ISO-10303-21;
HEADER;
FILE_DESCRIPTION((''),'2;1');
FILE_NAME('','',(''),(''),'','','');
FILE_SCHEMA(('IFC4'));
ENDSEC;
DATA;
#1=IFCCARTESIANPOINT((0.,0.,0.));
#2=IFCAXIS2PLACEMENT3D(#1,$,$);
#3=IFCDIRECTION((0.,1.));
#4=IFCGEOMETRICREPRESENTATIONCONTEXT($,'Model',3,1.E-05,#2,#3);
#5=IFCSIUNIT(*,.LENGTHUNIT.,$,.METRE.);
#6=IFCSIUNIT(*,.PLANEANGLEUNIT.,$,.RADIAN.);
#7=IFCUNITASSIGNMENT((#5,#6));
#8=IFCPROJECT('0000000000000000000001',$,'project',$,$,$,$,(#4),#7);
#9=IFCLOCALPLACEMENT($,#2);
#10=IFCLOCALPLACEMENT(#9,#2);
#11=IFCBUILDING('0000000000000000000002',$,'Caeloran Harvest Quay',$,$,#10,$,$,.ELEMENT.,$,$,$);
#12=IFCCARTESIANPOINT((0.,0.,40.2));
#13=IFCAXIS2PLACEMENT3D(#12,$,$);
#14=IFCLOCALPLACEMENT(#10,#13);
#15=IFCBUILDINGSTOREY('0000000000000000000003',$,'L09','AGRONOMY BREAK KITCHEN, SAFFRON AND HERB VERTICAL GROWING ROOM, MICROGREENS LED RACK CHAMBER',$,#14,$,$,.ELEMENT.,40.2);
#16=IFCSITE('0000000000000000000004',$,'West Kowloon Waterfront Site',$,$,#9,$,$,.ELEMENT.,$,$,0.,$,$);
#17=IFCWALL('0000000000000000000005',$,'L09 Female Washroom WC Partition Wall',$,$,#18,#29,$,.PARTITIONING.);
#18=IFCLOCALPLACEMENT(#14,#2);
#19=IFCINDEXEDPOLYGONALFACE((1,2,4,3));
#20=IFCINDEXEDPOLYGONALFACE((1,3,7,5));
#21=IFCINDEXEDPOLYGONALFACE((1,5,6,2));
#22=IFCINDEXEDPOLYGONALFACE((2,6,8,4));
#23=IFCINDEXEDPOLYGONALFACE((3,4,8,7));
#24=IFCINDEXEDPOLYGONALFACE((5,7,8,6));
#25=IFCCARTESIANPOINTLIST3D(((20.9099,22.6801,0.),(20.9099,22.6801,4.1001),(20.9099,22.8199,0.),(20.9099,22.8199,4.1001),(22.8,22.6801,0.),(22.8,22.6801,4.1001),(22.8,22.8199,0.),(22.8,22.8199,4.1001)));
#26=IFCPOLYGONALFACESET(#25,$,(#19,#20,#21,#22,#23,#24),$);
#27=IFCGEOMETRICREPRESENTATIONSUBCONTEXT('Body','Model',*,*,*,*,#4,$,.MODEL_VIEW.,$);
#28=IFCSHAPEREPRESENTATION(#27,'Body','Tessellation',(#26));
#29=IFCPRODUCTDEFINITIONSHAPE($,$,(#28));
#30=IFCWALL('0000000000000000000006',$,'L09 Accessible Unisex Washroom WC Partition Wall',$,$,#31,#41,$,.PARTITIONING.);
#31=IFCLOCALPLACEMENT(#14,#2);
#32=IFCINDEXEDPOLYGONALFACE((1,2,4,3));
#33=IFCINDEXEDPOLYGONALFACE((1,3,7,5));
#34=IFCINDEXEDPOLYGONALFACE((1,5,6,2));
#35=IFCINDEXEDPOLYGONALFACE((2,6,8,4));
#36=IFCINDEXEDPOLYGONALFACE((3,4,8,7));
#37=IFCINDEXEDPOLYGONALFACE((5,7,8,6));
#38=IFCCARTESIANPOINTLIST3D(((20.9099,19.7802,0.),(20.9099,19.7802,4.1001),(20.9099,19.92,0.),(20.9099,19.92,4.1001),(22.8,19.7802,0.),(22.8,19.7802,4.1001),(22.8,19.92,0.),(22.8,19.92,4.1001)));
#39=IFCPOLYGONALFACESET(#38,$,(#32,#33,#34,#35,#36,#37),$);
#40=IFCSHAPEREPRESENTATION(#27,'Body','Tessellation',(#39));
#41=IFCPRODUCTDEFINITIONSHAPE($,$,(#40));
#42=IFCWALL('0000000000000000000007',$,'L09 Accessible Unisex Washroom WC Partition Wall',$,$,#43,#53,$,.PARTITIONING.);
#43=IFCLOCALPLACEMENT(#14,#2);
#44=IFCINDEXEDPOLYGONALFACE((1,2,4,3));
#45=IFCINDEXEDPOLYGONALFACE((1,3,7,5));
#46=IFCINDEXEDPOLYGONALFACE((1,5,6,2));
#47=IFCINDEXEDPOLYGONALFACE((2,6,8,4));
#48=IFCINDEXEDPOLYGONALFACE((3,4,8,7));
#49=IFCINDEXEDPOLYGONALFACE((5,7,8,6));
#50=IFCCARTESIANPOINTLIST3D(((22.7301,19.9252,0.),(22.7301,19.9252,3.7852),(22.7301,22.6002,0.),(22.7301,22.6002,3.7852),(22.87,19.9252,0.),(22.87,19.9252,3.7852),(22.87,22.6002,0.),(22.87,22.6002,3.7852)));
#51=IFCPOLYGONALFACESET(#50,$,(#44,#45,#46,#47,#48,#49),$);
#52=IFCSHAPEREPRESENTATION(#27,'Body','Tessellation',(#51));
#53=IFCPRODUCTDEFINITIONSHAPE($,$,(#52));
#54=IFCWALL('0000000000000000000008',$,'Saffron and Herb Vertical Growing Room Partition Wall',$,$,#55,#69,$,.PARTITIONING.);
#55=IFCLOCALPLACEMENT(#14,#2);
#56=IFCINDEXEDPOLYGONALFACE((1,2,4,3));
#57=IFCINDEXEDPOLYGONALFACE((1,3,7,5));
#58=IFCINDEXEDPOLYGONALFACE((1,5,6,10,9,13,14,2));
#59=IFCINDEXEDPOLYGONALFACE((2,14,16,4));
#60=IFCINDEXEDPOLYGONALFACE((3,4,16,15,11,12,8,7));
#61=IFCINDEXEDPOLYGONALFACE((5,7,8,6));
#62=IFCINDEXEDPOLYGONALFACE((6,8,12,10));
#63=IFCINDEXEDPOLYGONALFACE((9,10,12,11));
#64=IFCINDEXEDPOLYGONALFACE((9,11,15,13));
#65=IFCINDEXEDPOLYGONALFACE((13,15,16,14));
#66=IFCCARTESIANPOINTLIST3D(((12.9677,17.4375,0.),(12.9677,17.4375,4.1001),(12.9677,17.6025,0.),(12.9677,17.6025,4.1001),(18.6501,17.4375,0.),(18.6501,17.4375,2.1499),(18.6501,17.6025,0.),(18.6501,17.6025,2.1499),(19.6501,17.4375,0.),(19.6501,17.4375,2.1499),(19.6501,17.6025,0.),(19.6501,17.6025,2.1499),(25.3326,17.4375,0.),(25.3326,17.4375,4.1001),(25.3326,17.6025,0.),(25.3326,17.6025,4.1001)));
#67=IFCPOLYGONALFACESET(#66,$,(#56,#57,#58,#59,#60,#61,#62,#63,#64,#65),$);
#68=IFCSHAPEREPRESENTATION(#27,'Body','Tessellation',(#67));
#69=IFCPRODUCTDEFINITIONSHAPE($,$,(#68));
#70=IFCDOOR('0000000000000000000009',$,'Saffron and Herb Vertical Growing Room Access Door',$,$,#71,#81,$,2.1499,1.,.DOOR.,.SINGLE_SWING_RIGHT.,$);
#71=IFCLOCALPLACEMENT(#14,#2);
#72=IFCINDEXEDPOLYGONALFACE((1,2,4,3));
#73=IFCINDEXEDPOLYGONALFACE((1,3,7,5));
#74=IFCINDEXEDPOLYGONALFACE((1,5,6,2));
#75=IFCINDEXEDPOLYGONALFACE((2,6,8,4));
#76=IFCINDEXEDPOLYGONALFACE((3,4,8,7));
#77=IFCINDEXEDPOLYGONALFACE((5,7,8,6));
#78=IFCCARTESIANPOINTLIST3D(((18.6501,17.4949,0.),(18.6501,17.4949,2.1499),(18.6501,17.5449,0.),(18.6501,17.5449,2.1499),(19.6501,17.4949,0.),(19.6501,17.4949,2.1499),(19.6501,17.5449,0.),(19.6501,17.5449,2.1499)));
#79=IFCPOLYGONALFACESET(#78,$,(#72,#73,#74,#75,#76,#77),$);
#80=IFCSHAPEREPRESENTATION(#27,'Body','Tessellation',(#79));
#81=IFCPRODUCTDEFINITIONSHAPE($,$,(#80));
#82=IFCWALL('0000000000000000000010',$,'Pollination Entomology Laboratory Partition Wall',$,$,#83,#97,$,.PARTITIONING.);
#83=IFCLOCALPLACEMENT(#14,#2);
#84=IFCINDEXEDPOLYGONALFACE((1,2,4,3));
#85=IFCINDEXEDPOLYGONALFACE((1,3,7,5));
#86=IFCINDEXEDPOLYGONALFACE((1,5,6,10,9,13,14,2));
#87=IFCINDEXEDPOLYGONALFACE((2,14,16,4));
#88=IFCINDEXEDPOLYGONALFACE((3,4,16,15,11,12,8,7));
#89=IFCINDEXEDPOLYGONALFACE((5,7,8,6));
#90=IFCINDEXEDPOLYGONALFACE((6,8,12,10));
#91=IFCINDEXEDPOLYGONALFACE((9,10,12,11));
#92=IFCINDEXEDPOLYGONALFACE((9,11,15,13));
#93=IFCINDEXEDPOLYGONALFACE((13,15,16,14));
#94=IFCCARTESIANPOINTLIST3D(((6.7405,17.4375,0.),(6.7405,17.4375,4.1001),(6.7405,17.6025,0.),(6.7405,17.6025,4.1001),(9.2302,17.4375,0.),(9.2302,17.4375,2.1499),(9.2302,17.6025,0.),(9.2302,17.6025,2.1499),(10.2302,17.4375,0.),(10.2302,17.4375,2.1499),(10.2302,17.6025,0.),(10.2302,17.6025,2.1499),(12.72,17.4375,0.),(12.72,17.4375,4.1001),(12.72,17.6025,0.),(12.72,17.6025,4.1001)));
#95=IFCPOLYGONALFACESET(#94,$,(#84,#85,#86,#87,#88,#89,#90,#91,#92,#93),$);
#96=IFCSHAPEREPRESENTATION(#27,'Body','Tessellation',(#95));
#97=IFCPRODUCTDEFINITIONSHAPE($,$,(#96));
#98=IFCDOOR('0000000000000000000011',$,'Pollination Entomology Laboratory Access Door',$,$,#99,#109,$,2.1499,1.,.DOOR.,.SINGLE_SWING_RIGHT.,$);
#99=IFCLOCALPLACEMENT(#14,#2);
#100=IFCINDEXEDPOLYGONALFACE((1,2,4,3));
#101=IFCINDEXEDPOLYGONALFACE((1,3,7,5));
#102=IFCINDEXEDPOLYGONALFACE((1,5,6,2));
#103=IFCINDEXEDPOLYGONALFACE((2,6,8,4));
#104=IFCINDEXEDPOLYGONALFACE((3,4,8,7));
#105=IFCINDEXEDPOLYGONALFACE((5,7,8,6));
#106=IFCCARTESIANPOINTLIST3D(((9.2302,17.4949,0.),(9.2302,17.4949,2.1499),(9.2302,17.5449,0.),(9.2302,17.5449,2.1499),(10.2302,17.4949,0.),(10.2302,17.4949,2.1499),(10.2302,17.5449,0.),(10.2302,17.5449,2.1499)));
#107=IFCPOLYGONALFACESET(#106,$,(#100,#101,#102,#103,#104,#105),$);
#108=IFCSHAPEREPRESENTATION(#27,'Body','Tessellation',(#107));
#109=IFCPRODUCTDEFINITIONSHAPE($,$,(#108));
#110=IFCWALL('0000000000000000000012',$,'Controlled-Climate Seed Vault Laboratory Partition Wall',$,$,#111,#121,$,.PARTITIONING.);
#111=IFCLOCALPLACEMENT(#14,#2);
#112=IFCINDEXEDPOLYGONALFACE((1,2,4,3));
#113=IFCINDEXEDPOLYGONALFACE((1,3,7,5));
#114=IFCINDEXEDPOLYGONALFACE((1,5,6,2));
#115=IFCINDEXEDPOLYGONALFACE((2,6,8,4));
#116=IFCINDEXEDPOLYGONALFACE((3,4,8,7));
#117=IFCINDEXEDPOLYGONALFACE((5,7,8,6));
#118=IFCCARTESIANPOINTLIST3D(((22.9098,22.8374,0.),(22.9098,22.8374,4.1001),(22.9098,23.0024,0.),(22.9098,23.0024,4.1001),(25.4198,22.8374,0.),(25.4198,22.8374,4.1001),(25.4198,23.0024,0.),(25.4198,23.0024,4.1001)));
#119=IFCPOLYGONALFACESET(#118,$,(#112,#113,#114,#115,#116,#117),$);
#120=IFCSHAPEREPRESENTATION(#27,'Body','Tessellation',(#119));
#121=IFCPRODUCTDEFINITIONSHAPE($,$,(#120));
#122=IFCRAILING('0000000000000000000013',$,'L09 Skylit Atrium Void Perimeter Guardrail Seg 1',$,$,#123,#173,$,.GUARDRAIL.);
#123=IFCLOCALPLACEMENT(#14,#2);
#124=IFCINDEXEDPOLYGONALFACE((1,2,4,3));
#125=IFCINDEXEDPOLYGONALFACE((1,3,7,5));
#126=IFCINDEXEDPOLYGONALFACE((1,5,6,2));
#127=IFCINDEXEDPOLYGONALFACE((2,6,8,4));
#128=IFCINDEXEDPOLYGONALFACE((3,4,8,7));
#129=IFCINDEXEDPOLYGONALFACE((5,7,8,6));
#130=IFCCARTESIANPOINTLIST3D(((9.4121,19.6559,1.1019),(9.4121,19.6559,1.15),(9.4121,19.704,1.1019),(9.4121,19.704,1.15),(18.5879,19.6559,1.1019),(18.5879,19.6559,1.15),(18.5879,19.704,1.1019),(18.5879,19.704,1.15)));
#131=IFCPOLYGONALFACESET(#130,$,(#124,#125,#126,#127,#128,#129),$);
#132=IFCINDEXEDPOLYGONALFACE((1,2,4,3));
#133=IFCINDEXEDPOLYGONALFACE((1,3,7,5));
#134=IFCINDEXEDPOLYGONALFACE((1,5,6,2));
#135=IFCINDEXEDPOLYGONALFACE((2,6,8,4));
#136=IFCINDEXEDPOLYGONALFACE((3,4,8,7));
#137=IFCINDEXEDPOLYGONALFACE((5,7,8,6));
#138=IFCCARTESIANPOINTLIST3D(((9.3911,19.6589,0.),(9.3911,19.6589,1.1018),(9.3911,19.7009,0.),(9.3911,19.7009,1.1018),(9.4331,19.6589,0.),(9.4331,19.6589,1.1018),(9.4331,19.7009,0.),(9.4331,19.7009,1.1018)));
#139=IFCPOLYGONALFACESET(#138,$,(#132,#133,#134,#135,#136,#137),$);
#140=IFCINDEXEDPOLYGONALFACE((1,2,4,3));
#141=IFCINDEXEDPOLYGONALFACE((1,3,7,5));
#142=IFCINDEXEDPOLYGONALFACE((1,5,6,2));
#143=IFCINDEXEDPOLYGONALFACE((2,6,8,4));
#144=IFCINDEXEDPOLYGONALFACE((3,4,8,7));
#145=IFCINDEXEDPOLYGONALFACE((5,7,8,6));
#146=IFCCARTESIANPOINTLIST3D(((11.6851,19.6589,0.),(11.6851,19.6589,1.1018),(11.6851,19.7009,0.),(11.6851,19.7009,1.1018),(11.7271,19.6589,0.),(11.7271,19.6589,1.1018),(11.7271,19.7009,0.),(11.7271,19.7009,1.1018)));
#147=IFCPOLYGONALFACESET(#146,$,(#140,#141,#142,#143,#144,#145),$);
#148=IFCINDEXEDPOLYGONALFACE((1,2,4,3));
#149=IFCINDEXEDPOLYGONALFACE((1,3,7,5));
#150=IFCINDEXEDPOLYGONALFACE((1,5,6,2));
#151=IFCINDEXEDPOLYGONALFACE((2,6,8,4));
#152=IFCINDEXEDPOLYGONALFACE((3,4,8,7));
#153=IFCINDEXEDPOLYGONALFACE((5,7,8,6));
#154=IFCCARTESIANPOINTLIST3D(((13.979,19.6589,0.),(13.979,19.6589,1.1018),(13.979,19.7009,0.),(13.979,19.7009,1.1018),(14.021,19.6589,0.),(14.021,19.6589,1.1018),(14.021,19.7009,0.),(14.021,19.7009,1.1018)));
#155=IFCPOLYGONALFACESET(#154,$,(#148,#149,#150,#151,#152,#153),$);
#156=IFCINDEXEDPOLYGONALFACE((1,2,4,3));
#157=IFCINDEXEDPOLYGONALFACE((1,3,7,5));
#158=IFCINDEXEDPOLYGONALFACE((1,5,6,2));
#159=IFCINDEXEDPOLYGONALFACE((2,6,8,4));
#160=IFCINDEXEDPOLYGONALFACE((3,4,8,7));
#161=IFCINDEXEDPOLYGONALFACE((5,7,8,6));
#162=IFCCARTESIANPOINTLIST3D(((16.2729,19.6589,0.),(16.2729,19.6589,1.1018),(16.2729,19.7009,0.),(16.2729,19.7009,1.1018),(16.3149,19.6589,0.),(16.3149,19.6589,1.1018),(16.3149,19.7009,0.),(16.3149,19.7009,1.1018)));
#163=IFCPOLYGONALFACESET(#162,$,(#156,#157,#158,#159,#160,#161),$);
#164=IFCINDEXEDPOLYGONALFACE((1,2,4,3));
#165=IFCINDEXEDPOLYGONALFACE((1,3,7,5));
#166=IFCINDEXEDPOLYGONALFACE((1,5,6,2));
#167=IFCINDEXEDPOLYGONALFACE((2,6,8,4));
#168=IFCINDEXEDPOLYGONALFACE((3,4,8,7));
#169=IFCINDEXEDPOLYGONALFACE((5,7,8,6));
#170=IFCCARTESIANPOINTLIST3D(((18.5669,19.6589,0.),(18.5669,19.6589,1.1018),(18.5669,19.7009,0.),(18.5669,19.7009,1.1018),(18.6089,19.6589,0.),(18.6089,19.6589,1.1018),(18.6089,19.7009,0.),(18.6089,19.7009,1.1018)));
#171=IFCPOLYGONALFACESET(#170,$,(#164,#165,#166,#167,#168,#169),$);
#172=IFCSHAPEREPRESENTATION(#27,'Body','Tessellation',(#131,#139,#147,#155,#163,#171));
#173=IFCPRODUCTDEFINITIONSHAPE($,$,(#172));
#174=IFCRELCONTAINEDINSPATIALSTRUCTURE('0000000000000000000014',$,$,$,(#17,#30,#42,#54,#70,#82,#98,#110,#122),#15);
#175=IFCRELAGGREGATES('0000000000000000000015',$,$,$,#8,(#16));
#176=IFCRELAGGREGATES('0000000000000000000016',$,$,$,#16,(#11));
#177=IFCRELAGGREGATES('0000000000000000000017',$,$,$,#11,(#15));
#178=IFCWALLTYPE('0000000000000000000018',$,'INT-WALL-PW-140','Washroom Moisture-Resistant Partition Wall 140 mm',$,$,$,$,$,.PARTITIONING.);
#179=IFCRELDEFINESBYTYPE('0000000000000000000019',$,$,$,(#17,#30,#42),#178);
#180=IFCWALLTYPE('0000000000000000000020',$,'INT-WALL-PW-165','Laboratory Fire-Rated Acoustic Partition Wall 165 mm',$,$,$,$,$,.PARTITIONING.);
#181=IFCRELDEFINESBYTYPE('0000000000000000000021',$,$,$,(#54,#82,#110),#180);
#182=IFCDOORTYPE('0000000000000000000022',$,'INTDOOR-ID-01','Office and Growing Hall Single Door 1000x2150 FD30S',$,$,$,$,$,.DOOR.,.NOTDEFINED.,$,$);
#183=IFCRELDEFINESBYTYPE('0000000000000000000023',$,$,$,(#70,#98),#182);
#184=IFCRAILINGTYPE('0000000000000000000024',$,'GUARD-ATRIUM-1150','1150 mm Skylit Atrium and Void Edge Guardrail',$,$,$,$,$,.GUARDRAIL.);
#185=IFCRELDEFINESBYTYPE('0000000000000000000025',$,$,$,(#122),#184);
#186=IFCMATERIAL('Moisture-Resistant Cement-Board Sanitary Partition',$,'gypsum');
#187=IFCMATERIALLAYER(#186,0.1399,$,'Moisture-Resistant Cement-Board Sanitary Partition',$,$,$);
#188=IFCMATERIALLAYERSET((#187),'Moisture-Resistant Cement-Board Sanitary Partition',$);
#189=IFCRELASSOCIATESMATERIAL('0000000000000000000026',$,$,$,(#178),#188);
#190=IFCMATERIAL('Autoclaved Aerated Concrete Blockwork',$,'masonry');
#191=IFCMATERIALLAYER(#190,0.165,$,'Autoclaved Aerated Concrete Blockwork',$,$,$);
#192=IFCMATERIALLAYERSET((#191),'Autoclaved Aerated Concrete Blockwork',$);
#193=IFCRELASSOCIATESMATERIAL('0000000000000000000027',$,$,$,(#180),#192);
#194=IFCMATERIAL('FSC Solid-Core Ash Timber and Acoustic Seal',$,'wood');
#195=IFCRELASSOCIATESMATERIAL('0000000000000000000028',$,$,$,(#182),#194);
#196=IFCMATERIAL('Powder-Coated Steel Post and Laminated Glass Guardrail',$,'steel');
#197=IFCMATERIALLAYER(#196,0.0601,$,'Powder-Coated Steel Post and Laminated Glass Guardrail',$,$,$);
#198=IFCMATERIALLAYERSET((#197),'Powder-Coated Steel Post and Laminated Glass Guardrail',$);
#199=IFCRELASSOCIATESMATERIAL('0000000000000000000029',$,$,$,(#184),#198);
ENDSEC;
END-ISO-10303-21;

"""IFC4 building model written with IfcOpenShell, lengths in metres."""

from ifc_helpers import new_model, si_unit, direction, frame, frame_2d, origin, origin_2d, place, context, subcontext, project, spatial, rectangle, extrude, material, layer, layer_set, type_object, element, fill, save


model = new_model("IFC4")

# Units and contexts
model_context = context("Model", 3, precision=1e-05, world=origin(), true_north=direction((0.0, 1.0)))
body_context = subcontext(model_context, "Body", "Model", "MODEL_VIEW")
ifc_project = project(units=[si_unit("LENGTHUNIT", "METRE"), si_unit("PLANEANGLEUNIT", "RADIAN")], contexts=[model_context])

# Site, building, storey
site_placement = place(None, origin())
site = spatial("IfcSite", under=ifc_project, at=site_placement, Name="West Kowloon Waterfront Site", CompositionType="ELEMENT", RefElevation=0.0)
building_placement = place(site_placement, origin())
building = spatial("IfcBuilding", under=site, at=building_placement, Name="Caeloran Harvest Quay", CompositionType="ELEMENT")
storey_placement = place(building_placement, frame((0.0, 0.0, 40.2)))
storey = spatial("IfcBuildingStorey", under=building, at=storey_placement, Name="L09", Description="AGRONOMY BREAK KITCHEN, SAFFRON AND HERB VERTICAL GROWING ROOM, MICROGREENS LED RACK CHAMBER", CompositionType="ELEMENT", Elevation=40.2)

# Wall
ifc_material_1 = material(Name="Moisture-Resistant Cement-Board Sanitary Partition", Category="gypsum")
ifc_layer_1 = layer(ifc_material_1, 0.1399, Name="Moisture-Resistant Cement-Board Sanitary Partition")
ifc_layer_set_1 = layer_set([ifc_layer_1], Name="Moisture-Resistant Cement-Board Sanitary Partition")
wall_type_1 = type_object("IfcWallType", Name="INT-WALL-PW-140", Description="Washroom Moisture-Resistant Partition Wall 140 mm", PredefinedType="PARTITIONING", material=ifc_layer_set_1)
wall_1_placement = place(storey_placement, frame((22.8, 22.75, 0.0), z_axis=(0.0, 0.0, 1.0), x_axis=(-1.0, 0.0, 0.0)))
element("IfcWall", 1, at=wall_1_placement, inside=storey, type_object=wall_type_1, Name="L09 Female Washroom WC Partition Wall", PredefinedType="PARTITIONING", context=body_context, shape_type="SweptSolid", body=[
    extrude(rectangle(XDim=1.8901, YDim=0.1399, at=frame_2d((0.9451, 0.0))), origin(), (0.0, 0.0, 1.0), 4.1001),
])

# Wall
wall_2_placement = place(storey_placement, frame((22.8, 19.8501, 0.0), z_axis=(0.0, 0.0, 1.0), x_axis=(-1.0, 0.0, 0.0)))
element("IfcWall", 2, at=wall_2_placement, inside=storey, type_object=wall_type_1, Name="L09 Accessible Unisex Washroom WC Partition Wall", PredefinedType="PARTITIONING", context=body_context, shape_type="SweptSolid", body=[
    extrude(rectangle(XDim=1.8901, YDim=0.1399, at=frame_2d((0.9451, 0.0))), origin(), (0.0, 0.0, 1.0), 4.1001),
])

# Wall
wall_3_placement = place(storey_placement, frame((22.8, 22.6001, 0.0), z_axis=(0.0, 0.0, 1.0), x_axis=(0.0, -1.0, 0.0)))
element("IfcWall", 3, at=wall_3_placement, inside=storey, type_object=wall_type_1, Name="L09 Accessible Unisex Washroom WC Partition Wall", PredefinedType="PARTITIONING", context=body_context, shape_type="SweptSolid", body=[
    extrude(rectangle(XDim=2.675, YDim=0.1399, at=frame_2d((1.3374, 0.0))), origin(), (0.0, 0.0, 1.0), 3.7852),
])

# Walls, openings, doors
ifc_material_2 = material(Name="Autoclaved Aerated Concrete Blockwork", Category="masonry")
ifc_layer_2 = layer(ifc_material_2, 0.165, Name="Autoclaved Aerated Concrete Blockwork")
ifc_layer_set_2 = layer_set([ifc_layer_2], Name="Autoclaved Aerated Concrete Blockwork")
wall_type_2 = type_object("IfcWallType", Name="INT-WALL-PW-165", Description="Laboratory Fire-Rated Acoustic Partition Wall 165 mm", PredefinedType="PARTITIONING", material=ifc_layer_set_2)
wall_4_placement = place(storey_placement, frame((12.9675, 17.52, 0.0), z_axis=(0.0, 0.0, 1.0), x_axis=(1.0, 0.0, 0.0)))
wall_4 = element("IfcWall", 4, at=wall_4_placement, inside=storey, type_object=wall_type_2, Name="Saffron and Herb Vertical Growing Room Partition Wall", PredefinedType="PARTITIONING", context=body_context, shape_type="SweptSolid", body=[
    extrude(rectangle(XDim=12.365, YDim=0.165, at=frame_2d((6.1826, 0.0))), origin(), (0.0, 0.0, 1.0), 4.1001),
])
opening_1_placement = place(wall_4_placement, frame((5.6826, 0.0, 0.0)))
opening_1 = element("IfcOpeningElement", 5, at=opening_1_placement, cuts=wall_4, PredefinedType="OPENING", context=body_context, shape_type="SweptSolid", body=[
    extrude(rectangle(XDim=1.0, YDim=2.1499, at=frame_2d((0.5, 1.075))), frame((0.0, 0.0925, 0.0), z_axis=(0.0, -1.0, 0.0), x_axis=(1.0, 0.0, 0.0)), (0.0, 0.0, 1.0), 0.1851),
])
ifc_material_3 = material(Name="FSC Solid-Core Ash Timber and Acoustic Seal", Category="wood")
door_type_1 = type_object("IfcDoorType", Name="INTDOOR-ID-01", Description="Office and Growing Hall Single Door 1000x2150 FD30S", OperationType="NOTDEFINED", PredefinedType="DOOR", material=ifc_material_3)
door_1_placement = place(opening_1_placement, origin())
door_1 = element("IfcDoor", 6, at=door_1_placement, inside=storey, type_object=door_type_1, Name="Saffron and Herb Vertical Growing Room Access Door", OperationType="SINGLE_SWING_RIGHT", OverallHeight=2.1499, OverallWidth=1.0, PredefinedType="DOOR", context=body_context, shape_type="SweptSolid", body=[
    extrude(rectangle(XDim=1.0, YDim=2.1499, at=frame_2d((0.5, 1.075))), frame((0.0, 0.0249, 0.0), z_axis=(0.0, -1.0, 0.0), x_axis=(1.0, 0.0, 0.0)), (0.0, 0.0, 1.0), 0.05),
])
fill(opening_1, door_1)
wall_5_placement = place(storey_placement, frame((6.7405, 17.52, 0.0), z_axis=(0.0, 0.0, 1.0), x_axis=(1.0, 0.0, 0.0)))
wall_5 = element("IfcWall", 7, at=wall_5_placement, inside=storey, type_object=wall_type_2, Name="Pollination Entomology Laboratory Partition Wall", PredefinedType="PARTITIONING", context=body_context, shape_type="SweptSolid", body=[
    extrude(rectangle(XDim=5.9795, YDim=0.165, at=frame_2d((2.9897, 0.0))), origin(), (0.0, 0.0, 1.0), 4.1001),
])
opening_2_placement = place(wall_5_placement, frame((2.4897, 0.0, 0.0)))
opening_2 = element("IfcOpeningElement", 8, at=opening_2_placement, cuts=wall_5, PredefinedType="OPENING", context=body_context, shape_type="SweptSolid", body=[
    extrude(rectangle(XDim=1.0, YDim=2.1499, at=frame_2d((0.5, 1.075))), frame((0.0, 0.0925, 0.0), z_axis=(0.0, -1.0, 0.0), x_axis=(1.0, 0.0, 0.0)), (0.0, 0.0, 1.0), 0.1851),
])
door_2_placement = place(opening_2_placement, origin())
door_2 = element("IfcDoor", 9, at=door_2_placement, inside=storey, type_object=door_type_1, Name="Pollination Entomology Laboratory Access Door", OperationType="SINGLE_SWING_RIGHT", OverallHeight=2.1499, OverallWidth=1.0, PredefinedType="DOOR", context=body_context, shape_type="SweptSolid", body=[
    extrude(rectangle(XDim=1.0, YDim=2.1499, at=frame_2d((0.5, 1.075))), frame((0.0, 0.0249, 0.0), z_axis=(0.0, -1.0, 0.0), x_axis=(1.0, 0.0, 0.0)), (0.0, 0.0, 1.0), 0.05),
])
fill(opening_2, door_2)

# Wall
wall_6_placement = place(storey_placement, frame((22.9099, 22.9199, 0.0), z_axis=(0.0, 0.0, 1.0), x_axis=(1.0, 0.0, 0.0)))
element("IfcWall", 10, at=wall_6_placement, inside=storey, type_object=wall_type_2, Name="Controlled-Climate Seed Vault Laboratory Partition Wall", PredefinedType="PARTITIONING", context=body_context, shape_type="SweptSolid", body=[
    extrude(rectangle(XDim=2.51, YDim=0.165, at=frame_2d((1.2549, 0.0))), origin(), (0.0, 0.0, 1.0), 4.1001),
])

# Railing
ifc_material_4 = material(Name="Powder-Coated Steel Post and Laminated Glass Guardrail", Category="steel")
ifc_layer_3 = layer(ifc_material_4, 0.0601, Name="Powder-Coated Steel Post and Laminated Glass Guardrail")
ifc_layer_set_3 = layer_set([ifc_layer_3], Name="Powder-Coated Steel Post and Laminated Glass Guardrail")
railing_type = type_object("IfcRailingType", Name="GUARD-ATRIUM-1150", Description="1150 mm Skylit Atrium and Void Edge Guardrail", PredefinedType="GUARDRAIL", material=ifc_layer_set_3)
railing_1_placement = place(storey_placement, frame((9.4121, 19.6799, 0.0)))
element("IfcRailing", 11, at=railing_1_placement, inside=storey, type_object=railing_type, Name="L09 Skylit Atrium Void Perimeter Guardrail Seg 1", PredefinedType="GUARDRAIL", context=body_context, shape_type="SweptSolid", body=[
    extrude(rectangle(XDim=0.0481, YDim=0.0481, at=origin_2d()), frame((0.0, 0.0, 1.126), z_axis=(1.0, 0.0, 0.0), x_axis=(0.0, 1.0, 0.0)), (0.0, 0.0, 1.0), 9.1758),
    extrude(rectangle(XDim=0.042, YDim=0.042, at=origin_2d()), origin(), (0.0, 0.0, 1.0), 1.1018),
    extrude(rectangle(XDim=0.042, YDim=0.042, at=origin_2d()), frame((2.2939, 0.0, 0.0)), (0.0, 0.0, 1.0), 1.1018),
    extrude(rectangle(XDim=0.042, YDim=0.042, at=origin_2d()), frame((4.5879, 0.0, 0.0)), (0.0, 0.0, 1.0), 1.1018),
    extrude(rectangle(XDim=0.042, YDim=0.042, at=origin_2d()), frame((6.8818, 0.0, 0.0)), (0.0, 0.0, 1.0), 1.1018),
    extrude(rectangle(XDim=0.042, YDim=0.042, at=origin_2d()), frame((9.1758, 0.0, 0.0)), (0.0, 0.0, 1.0), 1.1018),
])

save(model, "model.ifc")
